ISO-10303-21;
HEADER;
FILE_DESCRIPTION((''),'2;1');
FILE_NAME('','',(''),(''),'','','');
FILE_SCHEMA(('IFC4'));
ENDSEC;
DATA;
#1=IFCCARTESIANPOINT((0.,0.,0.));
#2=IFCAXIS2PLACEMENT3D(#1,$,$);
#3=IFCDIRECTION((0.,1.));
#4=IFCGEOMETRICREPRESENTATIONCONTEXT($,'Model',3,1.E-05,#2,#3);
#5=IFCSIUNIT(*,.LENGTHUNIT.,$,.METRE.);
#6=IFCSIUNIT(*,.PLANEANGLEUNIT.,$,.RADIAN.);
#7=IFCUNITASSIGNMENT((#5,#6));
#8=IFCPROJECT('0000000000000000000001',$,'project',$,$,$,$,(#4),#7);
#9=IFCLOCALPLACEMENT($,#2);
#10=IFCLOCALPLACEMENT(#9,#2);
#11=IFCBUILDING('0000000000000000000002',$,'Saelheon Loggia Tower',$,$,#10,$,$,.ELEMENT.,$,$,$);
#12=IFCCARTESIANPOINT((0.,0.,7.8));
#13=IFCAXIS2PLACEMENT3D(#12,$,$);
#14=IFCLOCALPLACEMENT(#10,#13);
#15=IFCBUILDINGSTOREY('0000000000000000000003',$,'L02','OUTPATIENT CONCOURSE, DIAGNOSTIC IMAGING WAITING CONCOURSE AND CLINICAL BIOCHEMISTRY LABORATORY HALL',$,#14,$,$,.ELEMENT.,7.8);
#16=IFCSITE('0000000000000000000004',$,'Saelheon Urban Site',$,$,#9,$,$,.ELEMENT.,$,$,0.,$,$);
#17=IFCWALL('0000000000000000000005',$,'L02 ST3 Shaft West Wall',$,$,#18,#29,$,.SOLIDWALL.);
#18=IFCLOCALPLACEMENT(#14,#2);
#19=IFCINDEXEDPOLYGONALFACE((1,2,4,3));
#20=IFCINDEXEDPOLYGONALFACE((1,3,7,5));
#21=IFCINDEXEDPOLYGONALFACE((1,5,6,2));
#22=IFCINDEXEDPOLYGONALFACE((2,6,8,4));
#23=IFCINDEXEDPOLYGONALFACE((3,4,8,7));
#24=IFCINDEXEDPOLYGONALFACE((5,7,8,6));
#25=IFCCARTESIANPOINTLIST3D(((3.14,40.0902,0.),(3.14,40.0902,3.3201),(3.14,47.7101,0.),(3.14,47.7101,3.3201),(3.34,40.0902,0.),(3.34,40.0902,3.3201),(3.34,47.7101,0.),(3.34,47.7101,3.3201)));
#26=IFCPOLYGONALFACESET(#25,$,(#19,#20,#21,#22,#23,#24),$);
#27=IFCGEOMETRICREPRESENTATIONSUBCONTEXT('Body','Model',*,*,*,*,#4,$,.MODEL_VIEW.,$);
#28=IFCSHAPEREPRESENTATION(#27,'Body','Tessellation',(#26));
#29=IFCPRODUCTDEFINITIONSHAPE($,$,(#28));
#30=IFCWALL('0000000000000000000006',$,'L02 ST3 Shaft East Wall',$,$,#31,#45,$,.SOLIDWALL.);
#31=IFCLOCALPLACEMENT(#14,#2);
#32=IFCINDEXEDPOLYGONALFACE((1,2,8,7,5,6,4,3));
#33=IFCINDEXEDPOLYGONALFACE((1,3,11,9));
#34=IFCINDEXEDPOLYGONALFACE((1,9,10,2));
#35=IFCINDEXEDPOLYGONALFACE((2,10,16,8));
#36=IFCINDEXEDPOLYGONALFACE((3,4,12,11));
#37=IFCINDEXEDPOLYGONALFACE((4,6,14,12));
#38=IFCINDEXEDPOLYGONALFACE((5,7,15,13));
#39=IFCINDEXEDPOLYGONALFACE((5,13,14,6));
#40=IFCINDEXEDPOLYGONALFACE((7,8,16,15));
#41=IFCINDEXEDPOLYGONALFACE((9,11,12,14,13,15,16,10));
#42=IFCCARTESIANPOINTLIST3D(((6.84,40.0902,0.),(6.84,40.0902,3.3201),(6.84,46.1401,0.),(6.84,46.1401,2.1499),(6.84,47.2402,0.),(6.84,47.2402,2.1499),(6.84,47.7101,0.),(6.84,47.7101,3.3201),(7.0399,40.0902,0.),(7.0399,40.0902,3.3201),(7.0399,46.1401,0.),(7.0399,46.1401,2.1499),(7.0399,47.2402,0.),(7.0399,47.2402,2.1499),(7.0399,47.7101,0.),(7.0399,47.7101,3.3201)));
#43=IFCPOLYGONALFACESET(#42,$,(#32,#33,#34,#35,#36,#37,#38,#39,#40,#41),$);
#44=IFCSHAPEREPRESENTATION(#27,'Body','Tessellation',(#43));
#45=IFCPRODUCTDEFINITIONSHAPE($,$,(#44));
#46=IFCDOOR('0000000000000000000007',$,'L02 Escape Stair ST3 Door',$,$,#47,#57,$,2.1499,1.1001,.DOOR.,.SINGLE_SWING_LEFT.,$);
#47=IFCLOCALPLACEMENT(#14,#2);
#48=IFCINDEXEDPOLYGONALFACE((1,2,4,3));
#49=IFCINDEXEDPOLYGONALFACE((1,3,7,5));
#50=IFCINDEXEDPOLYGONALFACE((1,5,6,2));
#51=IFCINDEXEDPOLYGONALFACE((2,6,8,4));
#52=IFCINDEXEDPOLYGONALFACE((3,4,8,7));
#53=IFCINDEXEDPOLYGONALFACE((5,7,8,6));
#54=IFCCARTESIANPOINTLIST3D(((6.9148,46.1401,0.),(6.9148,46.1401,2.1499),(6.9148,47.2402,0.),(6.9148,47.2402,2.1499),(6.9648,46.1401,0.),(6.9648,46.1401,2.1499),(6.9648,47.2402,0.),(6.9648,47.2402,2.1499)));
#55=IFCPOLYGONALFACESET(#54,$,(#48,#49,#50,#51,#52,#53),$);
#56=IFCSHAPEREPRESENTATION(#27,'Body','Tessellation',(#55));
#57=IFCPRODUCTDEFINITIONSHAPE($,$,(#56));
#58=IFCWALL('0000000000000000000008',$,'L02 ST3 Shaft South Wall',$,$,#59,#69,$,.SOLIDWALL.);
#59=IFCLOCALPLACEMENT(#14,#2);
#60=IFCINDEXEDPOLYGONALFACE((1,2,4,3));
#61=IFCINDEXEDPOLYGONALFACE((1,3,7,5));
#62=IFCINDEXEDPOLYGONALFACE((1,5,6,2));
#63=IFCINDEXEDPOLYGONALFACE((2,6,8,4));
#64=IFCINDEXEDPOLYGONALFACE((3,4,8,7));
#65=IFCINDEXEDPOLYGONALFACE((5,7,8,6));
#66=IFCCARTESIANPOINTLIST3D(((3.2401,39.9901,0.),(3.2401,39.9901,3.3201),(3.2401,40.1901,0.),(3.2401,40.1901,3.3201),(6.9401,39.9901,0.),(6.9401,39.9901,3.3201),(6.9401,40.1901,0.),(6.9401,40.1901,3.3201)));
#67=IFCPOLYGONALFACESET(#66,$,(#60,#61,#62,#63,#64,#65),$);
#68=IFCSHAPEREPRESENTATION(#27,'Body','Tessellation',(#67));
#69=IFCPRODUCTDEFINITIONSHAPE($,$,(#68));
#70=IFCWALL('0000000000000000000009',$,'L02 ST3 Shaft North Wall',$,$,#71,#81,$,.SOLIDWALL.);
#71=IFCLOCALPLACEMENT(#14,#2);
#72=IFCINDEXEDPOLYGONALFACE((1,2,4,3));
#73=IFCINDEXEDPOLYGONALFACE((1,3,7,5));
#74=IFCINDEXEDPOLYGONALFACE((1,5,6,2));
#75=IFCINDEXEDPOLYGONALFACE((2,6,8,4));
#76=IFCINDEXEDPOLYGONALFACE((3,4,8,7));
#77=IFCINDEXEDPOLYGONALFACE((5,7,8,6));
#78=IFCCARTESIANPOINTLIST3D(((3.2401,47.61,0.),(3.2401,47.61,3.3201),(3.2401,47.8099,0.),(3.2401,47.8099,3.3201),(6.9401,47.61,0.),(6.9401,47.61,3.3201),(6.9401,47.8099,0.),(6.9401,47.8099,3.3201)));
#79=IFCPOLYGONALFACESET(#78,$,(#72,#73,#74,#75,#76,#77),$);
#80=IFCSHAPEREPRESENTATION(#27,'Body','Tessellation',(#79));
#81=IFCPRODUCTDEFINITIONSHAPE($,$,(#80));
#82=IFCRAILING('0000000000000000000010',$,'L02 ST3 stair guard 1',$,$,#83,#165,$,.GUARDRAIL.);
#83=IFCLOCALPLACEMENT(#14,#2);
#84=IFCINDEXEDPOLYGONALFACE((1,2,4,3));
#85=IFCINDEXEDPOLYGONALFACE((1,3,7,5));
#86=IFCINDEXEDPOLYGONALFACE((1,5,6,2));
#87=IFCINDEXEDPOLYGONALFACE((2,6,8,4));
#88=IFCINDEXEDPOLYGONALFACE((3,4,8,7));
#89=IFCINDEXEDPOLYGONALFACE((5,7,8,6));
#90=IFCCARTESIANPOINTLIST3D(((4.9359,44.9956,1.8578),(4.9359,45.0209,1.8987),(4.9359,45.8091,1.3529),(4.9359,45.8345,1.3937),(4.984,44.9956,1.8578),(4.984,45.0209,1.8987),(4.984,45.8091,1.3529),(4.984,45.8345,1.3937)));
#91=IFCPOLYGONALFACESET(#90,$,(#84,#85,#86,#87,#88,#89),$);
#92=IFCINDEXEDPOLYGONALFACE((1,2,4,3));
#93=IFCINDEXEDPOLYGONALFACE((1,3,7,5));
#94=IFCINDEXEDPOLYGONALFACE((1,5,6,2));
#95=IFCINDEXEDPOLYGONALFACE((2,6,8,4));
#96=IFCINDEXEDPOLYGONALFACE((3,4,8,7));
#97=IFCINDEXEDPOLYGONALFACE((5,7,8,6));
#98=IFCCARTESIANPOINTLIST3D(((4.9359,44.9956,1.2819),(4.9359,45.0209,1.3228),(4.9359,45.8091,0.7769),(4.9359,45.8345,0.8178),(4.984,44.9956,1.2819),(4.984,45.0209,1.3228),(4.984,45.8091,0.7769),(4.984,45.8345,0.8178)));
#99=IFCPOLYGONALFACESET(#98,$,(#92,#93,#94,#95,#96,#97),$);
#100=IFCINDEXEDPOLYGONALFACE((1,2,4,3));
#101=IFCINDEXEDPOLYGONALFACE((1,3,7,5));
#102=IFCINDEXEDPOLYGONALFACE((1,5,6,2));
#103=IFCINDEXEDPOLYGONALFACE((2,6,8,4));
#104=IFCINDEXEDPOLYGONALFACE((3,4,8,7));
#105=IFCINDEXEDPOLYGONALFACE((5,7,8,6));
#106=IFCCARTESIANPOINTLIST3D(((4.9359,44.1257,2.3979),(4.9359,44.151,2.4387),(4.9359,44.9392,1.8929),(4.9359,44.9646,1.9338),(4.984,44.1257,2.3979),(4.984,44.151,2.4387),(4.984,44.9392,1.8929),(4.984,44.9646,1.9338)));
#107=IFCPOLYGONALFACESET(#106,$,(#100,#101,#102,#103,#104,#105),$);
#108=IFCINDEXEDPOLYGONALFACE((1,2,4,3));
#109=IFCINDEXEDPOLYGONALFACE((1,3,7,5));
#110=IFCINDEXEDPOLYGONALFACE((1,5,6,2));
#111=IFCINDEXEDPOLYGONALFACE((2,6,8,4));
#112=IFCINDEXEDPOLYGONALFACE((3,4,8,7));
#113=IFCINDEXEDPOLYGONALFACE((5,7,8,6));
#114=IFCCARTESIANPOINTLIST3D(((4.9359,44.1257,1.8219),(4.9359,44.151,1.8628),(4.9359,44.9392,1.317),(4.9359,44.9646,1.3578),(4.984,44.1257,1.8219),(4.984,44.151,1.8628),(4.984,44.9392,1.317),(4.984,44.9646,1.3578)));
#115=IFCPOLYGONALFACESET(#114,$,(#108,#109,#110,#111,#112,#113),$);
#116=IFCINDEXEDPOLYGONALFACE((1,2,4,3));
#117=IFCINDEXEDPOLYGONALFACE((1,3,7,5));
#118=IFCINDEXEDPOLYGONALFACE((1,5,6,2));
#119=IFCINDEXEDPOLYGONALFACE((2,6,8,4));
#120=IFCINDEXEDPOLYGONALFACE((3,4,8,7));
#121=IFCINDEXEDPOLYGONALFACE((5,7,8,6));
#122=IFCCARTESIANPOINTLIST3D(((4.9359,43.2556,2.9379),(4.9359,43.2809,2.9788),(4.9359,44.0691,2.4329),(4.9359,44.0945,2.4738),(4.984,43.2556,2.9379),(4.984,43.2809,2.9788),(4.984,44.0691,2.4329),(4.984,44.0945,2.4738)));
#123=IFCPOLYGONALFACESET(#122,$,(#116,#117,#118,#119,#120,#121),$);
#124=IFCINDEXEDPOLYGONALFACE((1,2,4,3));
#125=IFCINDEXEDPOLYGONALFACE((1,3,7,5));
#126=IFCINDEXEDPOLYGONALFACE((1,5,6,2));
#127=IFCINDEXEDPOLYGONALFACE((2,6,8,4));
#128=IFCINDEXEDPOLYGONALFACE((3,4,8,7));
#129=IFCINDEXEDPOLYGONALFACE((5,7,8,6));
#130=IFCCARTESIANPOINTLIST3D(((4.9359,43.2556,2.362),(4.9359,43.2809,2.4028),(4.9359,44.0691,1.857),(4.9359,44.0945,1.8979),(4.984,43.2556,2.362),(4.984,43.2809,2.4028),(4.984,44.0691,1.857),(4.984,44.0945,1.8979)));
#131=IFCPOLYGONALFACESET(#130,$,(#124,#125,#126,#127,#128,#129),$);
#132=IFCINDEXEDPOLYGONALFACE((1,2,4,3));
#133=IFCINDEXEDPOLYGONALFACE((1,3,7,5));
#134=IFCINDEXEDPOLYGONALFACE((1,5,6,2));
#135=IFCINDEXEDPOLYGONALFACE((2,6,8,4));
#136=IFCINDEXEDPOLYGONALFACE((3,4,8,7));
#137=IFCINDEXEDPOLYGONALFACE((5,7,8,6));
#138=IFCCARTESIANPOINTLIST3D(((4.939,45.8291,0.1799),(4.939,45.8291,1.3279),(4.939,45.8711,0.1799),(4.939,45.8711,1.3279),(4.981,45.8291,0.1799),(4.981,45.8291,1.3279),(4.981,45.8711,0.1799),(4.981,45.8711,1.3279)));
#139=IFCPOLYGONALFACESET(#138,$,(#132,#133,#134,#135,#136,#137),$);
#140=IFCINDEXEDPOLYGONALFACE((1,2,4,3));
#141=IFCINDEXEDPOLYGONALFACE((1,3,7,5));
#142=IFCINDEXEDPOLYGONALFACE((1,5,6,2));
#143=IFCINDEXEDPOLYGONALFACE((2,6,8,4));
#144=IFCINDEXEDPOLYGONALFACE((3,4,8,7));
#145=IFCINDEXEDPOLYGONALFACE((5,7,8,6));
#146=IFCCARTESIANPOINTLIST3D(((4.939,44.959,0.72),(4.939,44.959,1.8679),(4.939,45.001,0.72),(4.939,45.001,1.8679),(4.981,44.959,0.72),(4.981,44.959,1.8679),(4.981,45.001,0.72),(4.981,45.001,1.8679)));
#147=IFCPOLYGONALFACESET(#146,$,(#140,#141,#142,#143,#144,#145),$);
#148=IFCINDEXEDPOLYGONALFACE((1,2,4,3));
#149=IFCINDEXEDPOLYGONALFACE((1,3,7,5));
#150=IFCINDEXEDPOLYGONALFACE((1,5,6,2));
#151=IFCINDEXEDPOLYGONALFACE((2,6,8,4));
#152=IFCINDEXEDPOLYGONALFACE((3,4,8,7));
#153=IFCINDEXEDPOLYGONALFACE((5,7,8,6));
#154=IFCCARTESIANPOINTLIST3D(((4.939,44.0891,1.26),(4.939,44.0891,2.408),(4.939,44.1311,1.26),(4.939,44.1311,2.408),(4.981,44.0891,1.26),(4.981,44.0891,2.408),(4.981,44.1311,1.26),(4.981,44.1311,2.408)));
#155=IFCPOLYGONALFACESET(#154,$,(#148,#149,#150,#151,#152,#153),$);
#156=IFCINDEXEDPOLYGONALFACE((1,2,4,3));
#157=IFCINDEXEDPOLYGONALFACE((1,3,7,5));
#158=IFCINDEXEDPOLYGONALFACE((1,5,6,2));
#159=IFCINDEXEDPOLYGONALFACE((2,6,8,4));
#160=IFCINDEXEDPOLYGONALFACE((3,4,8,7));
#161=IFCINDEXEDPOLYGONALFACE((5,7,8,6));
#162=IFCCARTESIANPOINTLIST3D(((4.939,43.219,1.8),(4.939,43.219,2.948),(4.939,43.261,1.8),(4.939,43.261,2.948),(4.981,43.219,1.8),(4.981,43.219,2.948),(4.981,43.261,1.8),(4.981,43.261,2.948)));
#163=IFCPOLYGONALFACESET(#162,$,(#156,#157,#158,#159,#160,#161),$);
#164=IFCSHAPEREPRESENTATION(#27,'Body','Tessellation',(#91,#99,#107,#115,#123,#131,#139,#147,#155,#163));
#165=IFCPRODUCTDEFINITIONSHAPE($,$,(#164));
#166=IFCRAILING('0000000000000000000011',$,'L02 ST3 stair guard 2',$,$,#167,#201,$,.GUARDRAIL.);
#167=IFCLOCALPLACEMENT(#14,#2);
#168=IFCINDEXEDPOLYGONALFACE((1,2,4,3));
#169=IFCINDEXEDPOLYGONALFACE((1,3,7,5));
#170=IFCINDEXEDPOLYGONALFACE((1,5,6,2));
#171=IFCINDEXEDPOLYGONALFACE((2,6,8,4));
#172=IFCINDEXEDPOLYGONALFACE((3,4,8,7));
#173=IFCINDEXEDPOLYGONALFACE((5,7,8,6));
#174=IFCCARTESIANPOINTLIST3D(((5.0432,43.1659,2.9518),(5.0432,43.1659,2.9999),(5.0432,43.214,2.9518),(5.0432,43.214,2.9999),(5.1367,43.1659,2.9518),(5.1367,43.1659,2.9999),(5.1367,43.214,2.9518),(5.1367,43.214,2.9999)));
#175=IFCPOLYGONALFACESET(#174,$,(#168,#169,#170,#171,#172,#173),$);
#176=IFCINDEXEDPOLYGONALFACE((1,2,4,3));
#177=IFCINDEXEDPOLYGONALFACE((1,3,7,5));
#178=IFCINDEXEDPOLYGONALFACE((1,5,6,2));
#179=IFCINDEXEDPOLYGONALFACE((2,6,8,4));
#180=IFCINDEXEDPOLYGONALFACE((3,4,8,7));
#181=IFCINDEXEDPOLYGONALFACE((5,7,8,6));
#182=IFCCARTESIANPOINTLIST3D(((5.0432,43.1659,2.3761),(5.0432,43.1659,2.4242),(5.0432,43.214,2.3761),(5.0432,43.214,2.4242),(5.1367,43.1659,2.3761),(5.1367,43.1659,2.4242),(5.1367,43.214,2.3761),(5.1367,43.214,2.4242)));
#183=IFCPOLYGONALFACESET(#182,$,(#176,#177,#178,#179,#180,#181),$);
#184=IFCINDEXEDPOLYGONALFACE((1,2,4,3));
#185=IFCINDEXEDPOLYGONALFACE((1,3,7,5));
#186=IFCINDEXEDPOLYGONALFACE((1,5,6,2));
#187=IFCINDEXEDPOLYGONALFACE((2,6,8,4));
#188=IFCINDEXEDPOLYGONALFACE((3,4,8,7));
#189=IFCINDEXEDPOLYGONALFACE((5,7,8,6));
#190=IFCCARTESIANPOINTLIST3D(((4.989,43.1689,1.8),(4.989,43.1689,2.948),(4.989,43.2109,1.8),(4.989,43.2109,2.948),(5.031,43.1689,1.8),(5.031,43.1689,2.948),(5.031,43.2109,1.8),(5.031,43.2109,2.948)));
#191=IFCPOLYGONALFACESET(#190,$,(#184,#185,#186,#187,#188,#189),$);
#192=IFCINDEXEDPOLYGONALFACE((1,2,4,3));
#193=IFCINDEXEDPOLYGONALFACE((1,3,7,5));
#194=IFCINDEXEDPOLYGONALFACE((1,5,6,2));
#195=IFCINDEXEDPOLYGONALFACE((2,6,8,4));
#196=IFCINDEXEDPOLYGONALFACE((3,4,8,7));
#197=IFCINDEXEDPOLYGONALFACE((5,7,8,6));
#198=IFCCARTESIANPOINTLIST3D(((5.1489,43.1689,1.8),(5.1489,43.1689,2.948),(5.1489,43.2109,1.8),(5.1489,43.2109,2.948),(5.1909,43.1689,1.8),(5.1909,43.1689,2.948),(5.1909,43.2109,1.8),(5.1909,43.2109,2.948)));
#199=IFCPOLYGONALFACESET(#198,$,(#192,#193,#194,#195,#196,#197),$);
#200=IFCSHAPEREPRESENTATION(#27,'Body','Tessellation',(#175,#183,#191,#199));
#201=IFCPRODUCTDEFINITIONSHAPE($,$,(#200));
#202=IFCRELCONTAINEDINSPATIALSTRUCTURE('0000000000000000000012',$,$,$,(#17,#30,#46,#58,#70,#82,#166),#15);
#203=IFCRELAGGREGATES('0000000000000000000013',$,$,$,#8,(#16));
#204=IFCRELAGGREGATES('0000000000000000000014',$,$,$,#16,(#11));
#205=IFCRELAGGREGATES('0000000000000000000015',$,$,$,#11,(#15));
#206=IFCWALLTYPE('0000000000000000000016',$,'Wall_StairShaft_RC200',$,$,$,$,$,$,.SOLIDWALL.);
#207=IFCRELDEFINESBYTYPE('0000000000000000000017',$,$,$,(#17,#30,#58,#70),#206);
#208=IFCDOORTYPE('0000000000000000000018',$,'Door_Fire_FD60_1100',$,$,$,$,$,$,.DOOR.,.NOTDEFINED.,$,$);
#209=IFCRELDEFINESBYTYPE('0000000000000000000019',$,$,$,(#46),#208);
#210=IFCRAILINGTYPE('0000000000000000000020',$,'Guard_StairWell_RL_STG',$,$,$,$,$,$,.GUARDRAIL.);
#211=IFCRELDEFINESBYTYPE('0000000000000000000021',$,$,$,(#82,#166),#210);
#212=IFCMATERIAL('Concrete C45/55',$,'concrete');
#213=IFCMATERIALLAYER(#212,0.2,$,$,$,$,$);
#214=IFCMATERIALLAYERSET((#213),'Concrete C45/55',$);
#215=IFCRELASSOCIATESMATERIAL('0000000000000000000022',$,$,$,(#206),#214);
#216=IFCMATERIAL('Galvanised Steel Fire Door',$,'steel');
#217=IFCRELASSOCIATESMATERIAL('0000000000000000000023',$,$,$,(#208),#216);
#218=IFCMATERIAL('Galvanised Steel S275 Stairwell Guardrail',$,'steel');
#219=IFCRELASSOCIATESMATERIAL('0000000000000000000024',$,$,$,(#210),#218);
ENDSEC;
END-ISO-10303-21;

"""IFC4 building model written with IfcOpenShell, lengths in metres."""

from ifc_helpers import new_model, si_unit, direction, frame, frame_2d, origin, origin_2d, place, context, subcontext, project, spatial, rectangle, extrude, source, transform, mapped, material, layer, layer_set, type_object, element, fill, save


model = new_model("IFC4")

# Units and contexts
model_context = context("Model", 3, precision=1e-05, world=origin(), true_north=direction((0.0, 1.0)))
body_context = subcontext(model_context, "Body", "Model", "MODEL_VIEW")
ifc_project = project(units=[si_unit("LENGTHUNIT", "METRE"), si_unit("PLANEANGLEUNIT", "RADIAN")], contexts=[model_context])

# Site, building, storey
site_placement = place(None, origin())
site = spatial("IfcSite", under=ifc_project, at=site_placement, Name="Saelheon Urban Site", CompositionType="ELEMENT", RefElevation=0.0)
building_placement = place(site_placement, origin())
building = spatial("IfcBuilding", under=site, at=building_placement, Name="Saelheon Loggia Tower", CompositionType="ELEMENT")
storey_placement = place(building_placement, frame((0.0, 0.0, 7.8)))
storey = spatial("IfcBuildingStorey", under=building, at=storey_placement, Name="L02", Description="OUTPATIENT CONCOURSE, DIAGNOSTIC IMAGING WAITING CONCOURSE AND CLINICAL BIOCHEMISTRY LABORATORY HALL", CompositionType="ELEMENT", Elevation=7.8)

# Shared definitions
ifc_material_1 = material(Name="Concrete C45/55", Category="concrete")

# Wall
ifc_layer_1 = layer(ifc_material_1, 0.2)
ifc_layer_set_1 = layer_set([ifc_layer_1], Name="Concrete C45/55")
wall_type_1 = type_object("IfcWallType", Name="Wall_StairShaft_RC200", PredefinedType="SOLIDWALL", material=ifc_layer_set_1)
wall_1_placement = place(storey_placement, frame((3.24, 40.0901, 0.0), z_axis=(0.0, 0.0, 1.0), x_axis=(0.0, 1.0, 0.0)))
element("IfcWall", 1, at=wall_1_placement, inside=storey, type_object=wall_type_1, Name="L02 ST3 Shaft West Wall", PredefinedType="SOLIDWALL", context=body_context, shape_type="SweptSolid", body=[
    extrude(rectangle(XDim=7.6199, YDim=0.2, at=frame_2d((3.8101, 0.0))), origin(), (0.0, 0.0, 1.0), 3.3201),
])

# Wall, opening, door
wall_2_placement = place(storey_placement, frame((6.9399, 40.0901, 0.0), z_axis=(0.0, 0.0, 1.0), x_axis=(0.0, 1.0, 0.0)))
wall_2 = element("IfcWall", 2, at=wall_2_placement, inside=storey, type_object=wall_type_1, Name="L02 ST3 Shaft East Wall", PredefinedType="SOLIDWALL", context=body_context, shape_type="SweptSolid", body=[
    extrude(rectangle(XDim=7.6199, YDim=0.2, at=frame_2d((3.8101, 0.0))), origin(), (0.0, 0.0, 1.0), 3.3201),
])
opening_1_placement = place(wall_2_placement, frame((7.1501, 0.0, 0.0), z_axis=(0.0, 0.0, 1.0), x_axis=(-1.0, 0.0, 0.0)))
opening_1 = element("IfcOpeningElement", 3, at=opening_1_placement, cuts=wall_2, PredefinedType="OPENING", context=body_context, shape_type="SweptSolid", body=[
    extrude(rectangle(XDim=1.1001, YDim=2.1499, at=frame_2d((0.55, 1.075))), frame((0.0, 0.1121, 0.0), z_axis=(0.0, -1.0, 0.0), x_axis=(1.0, 0.0, 0.0)), (0.0, 0.0, 1.0), 0.2239),
])
ifc_material_2 = material(Name="Galvanised Steel Fire Door", Category="steel")
door_type_1 = type_object("IfcDoorType", Name="Door_Fire_FD60_1100", OperationType="NOTDEFINED", PredefinedType="DOOR", material=ifc_material_2)
shared_shape_1 = source(origin(), body_context, "Body", "SweptSolid", [
    extrude(rectangle(XDim=1.1001, YDim=2.1499, at=frame_2d((0.55, 1.075))), frame((0.0, 0.0249, 0.0), z_axis=(0.0, -1.0, 0.0), x_axis=(1.0, 0.0, 0.0)), (0.0, 0.0, 1.0), 0.05),
])
door_1_placement = place(opening_1_placement, origin())
door_1 = element("IfcDoor", 4, at=door_1_placement, inside=storey, type_object=door_type_1, Name="L02 Escape Stair ST3 Door", OperationType="SINGLE_SWING_LEFT", OverallHeight=2.1499, OverallWidth=1.1001, PredefinedType="DOOR", context=body_context, shape_type="MappedRepresentation", body=[
    mapped(shared_shape_1, transform((0.0, 0.0, 0.0), scale=1.0)),
])
fill(opening_1, door_1)

# Walls
for number, where, z_axis, x_axis, name in (
    (5, (3.24, 40.0901, 0.0), (0.0, 0.0, 1.0), (1.0, 0.0, 0.0), "L02 ST3 Shaft South Wall"),
    (6, (3.24, 47.71, 0.0), (0.0, 0.0, 1.0), (1.0, 0.0, 0.0), "L02 ST3 Shaft North Wall"),
):
    element("IfcWall", number, at=place(storey_placement, frame(where, z_axis=z_axis, x_axis=x_axis)), inside=storey, type_object=wall_type_1, Name=name, PredefinedType="SOLIDWALL", context=body_context, shape_type="SweptSolid", body=[
        extrude(rectangle(XDim=3.7, YDim=0.2, at=frame_2d((1.8501, 0.0))), origin(), (0.0, 0.0, 1.0), 3.3201),
    ])

# Railings
ifc_material_3 = material(Name="Galvanised Steel S275 Stairwell Guardrail", Category="steel")
railing_type_1 = type_object("IfcRailingType", Name="Guard_StairWell_RL_STG", PredefinedType="GUARDRAIL", material=ifc_material_3)
railing_1_placement = place(storey_placement, frame((4.96, 45.8501, 0.1799)))
element("IfcRailing", 7, at=railing_1_placement, inside=storey, type_object=railing_type_1, Name="L02 ST3 stair guard 1", PredefinedType="GUARDRAIL", context=body_context, shape_type="SweptSolid", body=[
    extrude(rectangle(XDim=0.0481, YDim=0.0481, at=origin_2d()), frame((0.0, -0.0283, 1.1934), z_axis=(0.0, -0.849633, 0.527375), x_axis=(1.0, 0.0, 0.0)), (0.0, 0.0, 1.0), 0.9575),
    extrude(rectangle(XDim=0.0481, YDim=0.0481, at=origin_2d()), frame((0.0, -0.0283, 0.6174), z_axis=(0.0, -0.849633, 0.527375), x_axis=(1.0, 0.0, 0.0)), (0.0, 0.0, 1.0), 0.9575),
    extrude(rectangle(XDim=0.0481, YDim=0.0481, at=origin_2d()), frame((0.0, -0.8982, 1.7334), z_axis=(0.0, -0.849633, 0.527375), x_axis=(1.0, 0.0, 0.0)), (0.0, 0.0, 1.0), 0.9575),
    extrude(rectangle(XDim=0.0481, YDim=0.0481, at=origin_2d()), frame((0.0, -0.8982, 1.1575), z_axis=(0.0, -0.849633, 0.527375), x_axis=(1.0, 0.0, 0.0)), (0.0, 0.0, 1.0), 0.9575),
    extrude(rectangle(XDim=0.0481, YDim=0.0481, at=origin_2d()), frame((0.0, -1.7683, 2.2734), z_axis=(0.0, -0.849633, 0.527375), x_axis=(1.0, 0.0, 0.0)), (0.0, 0.0, 1.0), 0.9575),
    extrude(rectangle(XDim=0.0481, YDim=0.0481, at=origin_2d()), frame((0.0, -1.7683, 1.6975), z_axis=(0.0, -0.849633, 0.527375), x_axis=(1.0, 0.0, 0.0)), (0.0, 0.0, 1.0), 0.9575),
    extrude(rectangle(XDim=0.042, YDim=0.042, at=origin_2d()), origin(), (0.0, 0.0, 1.0), 1.1479),
    extrude(rectangle(XDim=0.042, YDim=0.042, at=origin_2d()), frame((0.0, -0.8701, 0.54)), (0.0, 0.0, 1.0), 1.1479),
    extrude(rectangle(XDim=0.042, YDim=0.042, at=origin_2d()), frame((0.0, -1.74, 1.0801)), (0.0, 0.0, 1.0), 1.1479),
    extrude(rectangle(XDim=0.042, YDim=0.042, at=origin_2d()), frame((0.0, -2.6101, 1.6201)), (0.0, 0.0, 1.0), 1.1479),
])
railing_2_placement = place(storey_placement, frame((5.01, 43.1899, 1.8)))
element("IfcRailing", 8, at=railing_2_placement, inside=storey, type_object=railing_type_1, Name="L02 ST3 stair guard 2", PredefinedType="GUARDRAIL", context=body_context, shape_type="SweptSolid", body=[
    extrude(rectangle(XDim=0.0481, YDim=0.0481, at=origin_2d()), frame((0.0332, 0.0, 1.1758), z_axis=(1.0, 0.0, 0.0), x_axis=(0.0, 1.0, 0.0)), (0.0, 0.0, 1.0), 0.0935),
    extrude(rectangle(XDim=0.0481, YDim=0.0481, at=origin_2d()), frame((0.0332, 0.0, 0.6001), z_axis=(1.0, 0.0, 0.0), x_axis=(0.0, 1.0, 0.0)), (0.0, 0.0, 1.0), 0.0935),
    extrude(rectangle(XDim=0.042, YDim=0.042, at=origin_2d()), origin(), (0.0, 0.0, 1.0), 1.1479),
    extrude(rectangle(XDim=0.042, YDim=0.042, at=origin_2d()), frame((0.1599, 0.0, 0.0)), (0.0, 0.0, 1.0), 1.1479),
])

save(model, "model.ifc")
